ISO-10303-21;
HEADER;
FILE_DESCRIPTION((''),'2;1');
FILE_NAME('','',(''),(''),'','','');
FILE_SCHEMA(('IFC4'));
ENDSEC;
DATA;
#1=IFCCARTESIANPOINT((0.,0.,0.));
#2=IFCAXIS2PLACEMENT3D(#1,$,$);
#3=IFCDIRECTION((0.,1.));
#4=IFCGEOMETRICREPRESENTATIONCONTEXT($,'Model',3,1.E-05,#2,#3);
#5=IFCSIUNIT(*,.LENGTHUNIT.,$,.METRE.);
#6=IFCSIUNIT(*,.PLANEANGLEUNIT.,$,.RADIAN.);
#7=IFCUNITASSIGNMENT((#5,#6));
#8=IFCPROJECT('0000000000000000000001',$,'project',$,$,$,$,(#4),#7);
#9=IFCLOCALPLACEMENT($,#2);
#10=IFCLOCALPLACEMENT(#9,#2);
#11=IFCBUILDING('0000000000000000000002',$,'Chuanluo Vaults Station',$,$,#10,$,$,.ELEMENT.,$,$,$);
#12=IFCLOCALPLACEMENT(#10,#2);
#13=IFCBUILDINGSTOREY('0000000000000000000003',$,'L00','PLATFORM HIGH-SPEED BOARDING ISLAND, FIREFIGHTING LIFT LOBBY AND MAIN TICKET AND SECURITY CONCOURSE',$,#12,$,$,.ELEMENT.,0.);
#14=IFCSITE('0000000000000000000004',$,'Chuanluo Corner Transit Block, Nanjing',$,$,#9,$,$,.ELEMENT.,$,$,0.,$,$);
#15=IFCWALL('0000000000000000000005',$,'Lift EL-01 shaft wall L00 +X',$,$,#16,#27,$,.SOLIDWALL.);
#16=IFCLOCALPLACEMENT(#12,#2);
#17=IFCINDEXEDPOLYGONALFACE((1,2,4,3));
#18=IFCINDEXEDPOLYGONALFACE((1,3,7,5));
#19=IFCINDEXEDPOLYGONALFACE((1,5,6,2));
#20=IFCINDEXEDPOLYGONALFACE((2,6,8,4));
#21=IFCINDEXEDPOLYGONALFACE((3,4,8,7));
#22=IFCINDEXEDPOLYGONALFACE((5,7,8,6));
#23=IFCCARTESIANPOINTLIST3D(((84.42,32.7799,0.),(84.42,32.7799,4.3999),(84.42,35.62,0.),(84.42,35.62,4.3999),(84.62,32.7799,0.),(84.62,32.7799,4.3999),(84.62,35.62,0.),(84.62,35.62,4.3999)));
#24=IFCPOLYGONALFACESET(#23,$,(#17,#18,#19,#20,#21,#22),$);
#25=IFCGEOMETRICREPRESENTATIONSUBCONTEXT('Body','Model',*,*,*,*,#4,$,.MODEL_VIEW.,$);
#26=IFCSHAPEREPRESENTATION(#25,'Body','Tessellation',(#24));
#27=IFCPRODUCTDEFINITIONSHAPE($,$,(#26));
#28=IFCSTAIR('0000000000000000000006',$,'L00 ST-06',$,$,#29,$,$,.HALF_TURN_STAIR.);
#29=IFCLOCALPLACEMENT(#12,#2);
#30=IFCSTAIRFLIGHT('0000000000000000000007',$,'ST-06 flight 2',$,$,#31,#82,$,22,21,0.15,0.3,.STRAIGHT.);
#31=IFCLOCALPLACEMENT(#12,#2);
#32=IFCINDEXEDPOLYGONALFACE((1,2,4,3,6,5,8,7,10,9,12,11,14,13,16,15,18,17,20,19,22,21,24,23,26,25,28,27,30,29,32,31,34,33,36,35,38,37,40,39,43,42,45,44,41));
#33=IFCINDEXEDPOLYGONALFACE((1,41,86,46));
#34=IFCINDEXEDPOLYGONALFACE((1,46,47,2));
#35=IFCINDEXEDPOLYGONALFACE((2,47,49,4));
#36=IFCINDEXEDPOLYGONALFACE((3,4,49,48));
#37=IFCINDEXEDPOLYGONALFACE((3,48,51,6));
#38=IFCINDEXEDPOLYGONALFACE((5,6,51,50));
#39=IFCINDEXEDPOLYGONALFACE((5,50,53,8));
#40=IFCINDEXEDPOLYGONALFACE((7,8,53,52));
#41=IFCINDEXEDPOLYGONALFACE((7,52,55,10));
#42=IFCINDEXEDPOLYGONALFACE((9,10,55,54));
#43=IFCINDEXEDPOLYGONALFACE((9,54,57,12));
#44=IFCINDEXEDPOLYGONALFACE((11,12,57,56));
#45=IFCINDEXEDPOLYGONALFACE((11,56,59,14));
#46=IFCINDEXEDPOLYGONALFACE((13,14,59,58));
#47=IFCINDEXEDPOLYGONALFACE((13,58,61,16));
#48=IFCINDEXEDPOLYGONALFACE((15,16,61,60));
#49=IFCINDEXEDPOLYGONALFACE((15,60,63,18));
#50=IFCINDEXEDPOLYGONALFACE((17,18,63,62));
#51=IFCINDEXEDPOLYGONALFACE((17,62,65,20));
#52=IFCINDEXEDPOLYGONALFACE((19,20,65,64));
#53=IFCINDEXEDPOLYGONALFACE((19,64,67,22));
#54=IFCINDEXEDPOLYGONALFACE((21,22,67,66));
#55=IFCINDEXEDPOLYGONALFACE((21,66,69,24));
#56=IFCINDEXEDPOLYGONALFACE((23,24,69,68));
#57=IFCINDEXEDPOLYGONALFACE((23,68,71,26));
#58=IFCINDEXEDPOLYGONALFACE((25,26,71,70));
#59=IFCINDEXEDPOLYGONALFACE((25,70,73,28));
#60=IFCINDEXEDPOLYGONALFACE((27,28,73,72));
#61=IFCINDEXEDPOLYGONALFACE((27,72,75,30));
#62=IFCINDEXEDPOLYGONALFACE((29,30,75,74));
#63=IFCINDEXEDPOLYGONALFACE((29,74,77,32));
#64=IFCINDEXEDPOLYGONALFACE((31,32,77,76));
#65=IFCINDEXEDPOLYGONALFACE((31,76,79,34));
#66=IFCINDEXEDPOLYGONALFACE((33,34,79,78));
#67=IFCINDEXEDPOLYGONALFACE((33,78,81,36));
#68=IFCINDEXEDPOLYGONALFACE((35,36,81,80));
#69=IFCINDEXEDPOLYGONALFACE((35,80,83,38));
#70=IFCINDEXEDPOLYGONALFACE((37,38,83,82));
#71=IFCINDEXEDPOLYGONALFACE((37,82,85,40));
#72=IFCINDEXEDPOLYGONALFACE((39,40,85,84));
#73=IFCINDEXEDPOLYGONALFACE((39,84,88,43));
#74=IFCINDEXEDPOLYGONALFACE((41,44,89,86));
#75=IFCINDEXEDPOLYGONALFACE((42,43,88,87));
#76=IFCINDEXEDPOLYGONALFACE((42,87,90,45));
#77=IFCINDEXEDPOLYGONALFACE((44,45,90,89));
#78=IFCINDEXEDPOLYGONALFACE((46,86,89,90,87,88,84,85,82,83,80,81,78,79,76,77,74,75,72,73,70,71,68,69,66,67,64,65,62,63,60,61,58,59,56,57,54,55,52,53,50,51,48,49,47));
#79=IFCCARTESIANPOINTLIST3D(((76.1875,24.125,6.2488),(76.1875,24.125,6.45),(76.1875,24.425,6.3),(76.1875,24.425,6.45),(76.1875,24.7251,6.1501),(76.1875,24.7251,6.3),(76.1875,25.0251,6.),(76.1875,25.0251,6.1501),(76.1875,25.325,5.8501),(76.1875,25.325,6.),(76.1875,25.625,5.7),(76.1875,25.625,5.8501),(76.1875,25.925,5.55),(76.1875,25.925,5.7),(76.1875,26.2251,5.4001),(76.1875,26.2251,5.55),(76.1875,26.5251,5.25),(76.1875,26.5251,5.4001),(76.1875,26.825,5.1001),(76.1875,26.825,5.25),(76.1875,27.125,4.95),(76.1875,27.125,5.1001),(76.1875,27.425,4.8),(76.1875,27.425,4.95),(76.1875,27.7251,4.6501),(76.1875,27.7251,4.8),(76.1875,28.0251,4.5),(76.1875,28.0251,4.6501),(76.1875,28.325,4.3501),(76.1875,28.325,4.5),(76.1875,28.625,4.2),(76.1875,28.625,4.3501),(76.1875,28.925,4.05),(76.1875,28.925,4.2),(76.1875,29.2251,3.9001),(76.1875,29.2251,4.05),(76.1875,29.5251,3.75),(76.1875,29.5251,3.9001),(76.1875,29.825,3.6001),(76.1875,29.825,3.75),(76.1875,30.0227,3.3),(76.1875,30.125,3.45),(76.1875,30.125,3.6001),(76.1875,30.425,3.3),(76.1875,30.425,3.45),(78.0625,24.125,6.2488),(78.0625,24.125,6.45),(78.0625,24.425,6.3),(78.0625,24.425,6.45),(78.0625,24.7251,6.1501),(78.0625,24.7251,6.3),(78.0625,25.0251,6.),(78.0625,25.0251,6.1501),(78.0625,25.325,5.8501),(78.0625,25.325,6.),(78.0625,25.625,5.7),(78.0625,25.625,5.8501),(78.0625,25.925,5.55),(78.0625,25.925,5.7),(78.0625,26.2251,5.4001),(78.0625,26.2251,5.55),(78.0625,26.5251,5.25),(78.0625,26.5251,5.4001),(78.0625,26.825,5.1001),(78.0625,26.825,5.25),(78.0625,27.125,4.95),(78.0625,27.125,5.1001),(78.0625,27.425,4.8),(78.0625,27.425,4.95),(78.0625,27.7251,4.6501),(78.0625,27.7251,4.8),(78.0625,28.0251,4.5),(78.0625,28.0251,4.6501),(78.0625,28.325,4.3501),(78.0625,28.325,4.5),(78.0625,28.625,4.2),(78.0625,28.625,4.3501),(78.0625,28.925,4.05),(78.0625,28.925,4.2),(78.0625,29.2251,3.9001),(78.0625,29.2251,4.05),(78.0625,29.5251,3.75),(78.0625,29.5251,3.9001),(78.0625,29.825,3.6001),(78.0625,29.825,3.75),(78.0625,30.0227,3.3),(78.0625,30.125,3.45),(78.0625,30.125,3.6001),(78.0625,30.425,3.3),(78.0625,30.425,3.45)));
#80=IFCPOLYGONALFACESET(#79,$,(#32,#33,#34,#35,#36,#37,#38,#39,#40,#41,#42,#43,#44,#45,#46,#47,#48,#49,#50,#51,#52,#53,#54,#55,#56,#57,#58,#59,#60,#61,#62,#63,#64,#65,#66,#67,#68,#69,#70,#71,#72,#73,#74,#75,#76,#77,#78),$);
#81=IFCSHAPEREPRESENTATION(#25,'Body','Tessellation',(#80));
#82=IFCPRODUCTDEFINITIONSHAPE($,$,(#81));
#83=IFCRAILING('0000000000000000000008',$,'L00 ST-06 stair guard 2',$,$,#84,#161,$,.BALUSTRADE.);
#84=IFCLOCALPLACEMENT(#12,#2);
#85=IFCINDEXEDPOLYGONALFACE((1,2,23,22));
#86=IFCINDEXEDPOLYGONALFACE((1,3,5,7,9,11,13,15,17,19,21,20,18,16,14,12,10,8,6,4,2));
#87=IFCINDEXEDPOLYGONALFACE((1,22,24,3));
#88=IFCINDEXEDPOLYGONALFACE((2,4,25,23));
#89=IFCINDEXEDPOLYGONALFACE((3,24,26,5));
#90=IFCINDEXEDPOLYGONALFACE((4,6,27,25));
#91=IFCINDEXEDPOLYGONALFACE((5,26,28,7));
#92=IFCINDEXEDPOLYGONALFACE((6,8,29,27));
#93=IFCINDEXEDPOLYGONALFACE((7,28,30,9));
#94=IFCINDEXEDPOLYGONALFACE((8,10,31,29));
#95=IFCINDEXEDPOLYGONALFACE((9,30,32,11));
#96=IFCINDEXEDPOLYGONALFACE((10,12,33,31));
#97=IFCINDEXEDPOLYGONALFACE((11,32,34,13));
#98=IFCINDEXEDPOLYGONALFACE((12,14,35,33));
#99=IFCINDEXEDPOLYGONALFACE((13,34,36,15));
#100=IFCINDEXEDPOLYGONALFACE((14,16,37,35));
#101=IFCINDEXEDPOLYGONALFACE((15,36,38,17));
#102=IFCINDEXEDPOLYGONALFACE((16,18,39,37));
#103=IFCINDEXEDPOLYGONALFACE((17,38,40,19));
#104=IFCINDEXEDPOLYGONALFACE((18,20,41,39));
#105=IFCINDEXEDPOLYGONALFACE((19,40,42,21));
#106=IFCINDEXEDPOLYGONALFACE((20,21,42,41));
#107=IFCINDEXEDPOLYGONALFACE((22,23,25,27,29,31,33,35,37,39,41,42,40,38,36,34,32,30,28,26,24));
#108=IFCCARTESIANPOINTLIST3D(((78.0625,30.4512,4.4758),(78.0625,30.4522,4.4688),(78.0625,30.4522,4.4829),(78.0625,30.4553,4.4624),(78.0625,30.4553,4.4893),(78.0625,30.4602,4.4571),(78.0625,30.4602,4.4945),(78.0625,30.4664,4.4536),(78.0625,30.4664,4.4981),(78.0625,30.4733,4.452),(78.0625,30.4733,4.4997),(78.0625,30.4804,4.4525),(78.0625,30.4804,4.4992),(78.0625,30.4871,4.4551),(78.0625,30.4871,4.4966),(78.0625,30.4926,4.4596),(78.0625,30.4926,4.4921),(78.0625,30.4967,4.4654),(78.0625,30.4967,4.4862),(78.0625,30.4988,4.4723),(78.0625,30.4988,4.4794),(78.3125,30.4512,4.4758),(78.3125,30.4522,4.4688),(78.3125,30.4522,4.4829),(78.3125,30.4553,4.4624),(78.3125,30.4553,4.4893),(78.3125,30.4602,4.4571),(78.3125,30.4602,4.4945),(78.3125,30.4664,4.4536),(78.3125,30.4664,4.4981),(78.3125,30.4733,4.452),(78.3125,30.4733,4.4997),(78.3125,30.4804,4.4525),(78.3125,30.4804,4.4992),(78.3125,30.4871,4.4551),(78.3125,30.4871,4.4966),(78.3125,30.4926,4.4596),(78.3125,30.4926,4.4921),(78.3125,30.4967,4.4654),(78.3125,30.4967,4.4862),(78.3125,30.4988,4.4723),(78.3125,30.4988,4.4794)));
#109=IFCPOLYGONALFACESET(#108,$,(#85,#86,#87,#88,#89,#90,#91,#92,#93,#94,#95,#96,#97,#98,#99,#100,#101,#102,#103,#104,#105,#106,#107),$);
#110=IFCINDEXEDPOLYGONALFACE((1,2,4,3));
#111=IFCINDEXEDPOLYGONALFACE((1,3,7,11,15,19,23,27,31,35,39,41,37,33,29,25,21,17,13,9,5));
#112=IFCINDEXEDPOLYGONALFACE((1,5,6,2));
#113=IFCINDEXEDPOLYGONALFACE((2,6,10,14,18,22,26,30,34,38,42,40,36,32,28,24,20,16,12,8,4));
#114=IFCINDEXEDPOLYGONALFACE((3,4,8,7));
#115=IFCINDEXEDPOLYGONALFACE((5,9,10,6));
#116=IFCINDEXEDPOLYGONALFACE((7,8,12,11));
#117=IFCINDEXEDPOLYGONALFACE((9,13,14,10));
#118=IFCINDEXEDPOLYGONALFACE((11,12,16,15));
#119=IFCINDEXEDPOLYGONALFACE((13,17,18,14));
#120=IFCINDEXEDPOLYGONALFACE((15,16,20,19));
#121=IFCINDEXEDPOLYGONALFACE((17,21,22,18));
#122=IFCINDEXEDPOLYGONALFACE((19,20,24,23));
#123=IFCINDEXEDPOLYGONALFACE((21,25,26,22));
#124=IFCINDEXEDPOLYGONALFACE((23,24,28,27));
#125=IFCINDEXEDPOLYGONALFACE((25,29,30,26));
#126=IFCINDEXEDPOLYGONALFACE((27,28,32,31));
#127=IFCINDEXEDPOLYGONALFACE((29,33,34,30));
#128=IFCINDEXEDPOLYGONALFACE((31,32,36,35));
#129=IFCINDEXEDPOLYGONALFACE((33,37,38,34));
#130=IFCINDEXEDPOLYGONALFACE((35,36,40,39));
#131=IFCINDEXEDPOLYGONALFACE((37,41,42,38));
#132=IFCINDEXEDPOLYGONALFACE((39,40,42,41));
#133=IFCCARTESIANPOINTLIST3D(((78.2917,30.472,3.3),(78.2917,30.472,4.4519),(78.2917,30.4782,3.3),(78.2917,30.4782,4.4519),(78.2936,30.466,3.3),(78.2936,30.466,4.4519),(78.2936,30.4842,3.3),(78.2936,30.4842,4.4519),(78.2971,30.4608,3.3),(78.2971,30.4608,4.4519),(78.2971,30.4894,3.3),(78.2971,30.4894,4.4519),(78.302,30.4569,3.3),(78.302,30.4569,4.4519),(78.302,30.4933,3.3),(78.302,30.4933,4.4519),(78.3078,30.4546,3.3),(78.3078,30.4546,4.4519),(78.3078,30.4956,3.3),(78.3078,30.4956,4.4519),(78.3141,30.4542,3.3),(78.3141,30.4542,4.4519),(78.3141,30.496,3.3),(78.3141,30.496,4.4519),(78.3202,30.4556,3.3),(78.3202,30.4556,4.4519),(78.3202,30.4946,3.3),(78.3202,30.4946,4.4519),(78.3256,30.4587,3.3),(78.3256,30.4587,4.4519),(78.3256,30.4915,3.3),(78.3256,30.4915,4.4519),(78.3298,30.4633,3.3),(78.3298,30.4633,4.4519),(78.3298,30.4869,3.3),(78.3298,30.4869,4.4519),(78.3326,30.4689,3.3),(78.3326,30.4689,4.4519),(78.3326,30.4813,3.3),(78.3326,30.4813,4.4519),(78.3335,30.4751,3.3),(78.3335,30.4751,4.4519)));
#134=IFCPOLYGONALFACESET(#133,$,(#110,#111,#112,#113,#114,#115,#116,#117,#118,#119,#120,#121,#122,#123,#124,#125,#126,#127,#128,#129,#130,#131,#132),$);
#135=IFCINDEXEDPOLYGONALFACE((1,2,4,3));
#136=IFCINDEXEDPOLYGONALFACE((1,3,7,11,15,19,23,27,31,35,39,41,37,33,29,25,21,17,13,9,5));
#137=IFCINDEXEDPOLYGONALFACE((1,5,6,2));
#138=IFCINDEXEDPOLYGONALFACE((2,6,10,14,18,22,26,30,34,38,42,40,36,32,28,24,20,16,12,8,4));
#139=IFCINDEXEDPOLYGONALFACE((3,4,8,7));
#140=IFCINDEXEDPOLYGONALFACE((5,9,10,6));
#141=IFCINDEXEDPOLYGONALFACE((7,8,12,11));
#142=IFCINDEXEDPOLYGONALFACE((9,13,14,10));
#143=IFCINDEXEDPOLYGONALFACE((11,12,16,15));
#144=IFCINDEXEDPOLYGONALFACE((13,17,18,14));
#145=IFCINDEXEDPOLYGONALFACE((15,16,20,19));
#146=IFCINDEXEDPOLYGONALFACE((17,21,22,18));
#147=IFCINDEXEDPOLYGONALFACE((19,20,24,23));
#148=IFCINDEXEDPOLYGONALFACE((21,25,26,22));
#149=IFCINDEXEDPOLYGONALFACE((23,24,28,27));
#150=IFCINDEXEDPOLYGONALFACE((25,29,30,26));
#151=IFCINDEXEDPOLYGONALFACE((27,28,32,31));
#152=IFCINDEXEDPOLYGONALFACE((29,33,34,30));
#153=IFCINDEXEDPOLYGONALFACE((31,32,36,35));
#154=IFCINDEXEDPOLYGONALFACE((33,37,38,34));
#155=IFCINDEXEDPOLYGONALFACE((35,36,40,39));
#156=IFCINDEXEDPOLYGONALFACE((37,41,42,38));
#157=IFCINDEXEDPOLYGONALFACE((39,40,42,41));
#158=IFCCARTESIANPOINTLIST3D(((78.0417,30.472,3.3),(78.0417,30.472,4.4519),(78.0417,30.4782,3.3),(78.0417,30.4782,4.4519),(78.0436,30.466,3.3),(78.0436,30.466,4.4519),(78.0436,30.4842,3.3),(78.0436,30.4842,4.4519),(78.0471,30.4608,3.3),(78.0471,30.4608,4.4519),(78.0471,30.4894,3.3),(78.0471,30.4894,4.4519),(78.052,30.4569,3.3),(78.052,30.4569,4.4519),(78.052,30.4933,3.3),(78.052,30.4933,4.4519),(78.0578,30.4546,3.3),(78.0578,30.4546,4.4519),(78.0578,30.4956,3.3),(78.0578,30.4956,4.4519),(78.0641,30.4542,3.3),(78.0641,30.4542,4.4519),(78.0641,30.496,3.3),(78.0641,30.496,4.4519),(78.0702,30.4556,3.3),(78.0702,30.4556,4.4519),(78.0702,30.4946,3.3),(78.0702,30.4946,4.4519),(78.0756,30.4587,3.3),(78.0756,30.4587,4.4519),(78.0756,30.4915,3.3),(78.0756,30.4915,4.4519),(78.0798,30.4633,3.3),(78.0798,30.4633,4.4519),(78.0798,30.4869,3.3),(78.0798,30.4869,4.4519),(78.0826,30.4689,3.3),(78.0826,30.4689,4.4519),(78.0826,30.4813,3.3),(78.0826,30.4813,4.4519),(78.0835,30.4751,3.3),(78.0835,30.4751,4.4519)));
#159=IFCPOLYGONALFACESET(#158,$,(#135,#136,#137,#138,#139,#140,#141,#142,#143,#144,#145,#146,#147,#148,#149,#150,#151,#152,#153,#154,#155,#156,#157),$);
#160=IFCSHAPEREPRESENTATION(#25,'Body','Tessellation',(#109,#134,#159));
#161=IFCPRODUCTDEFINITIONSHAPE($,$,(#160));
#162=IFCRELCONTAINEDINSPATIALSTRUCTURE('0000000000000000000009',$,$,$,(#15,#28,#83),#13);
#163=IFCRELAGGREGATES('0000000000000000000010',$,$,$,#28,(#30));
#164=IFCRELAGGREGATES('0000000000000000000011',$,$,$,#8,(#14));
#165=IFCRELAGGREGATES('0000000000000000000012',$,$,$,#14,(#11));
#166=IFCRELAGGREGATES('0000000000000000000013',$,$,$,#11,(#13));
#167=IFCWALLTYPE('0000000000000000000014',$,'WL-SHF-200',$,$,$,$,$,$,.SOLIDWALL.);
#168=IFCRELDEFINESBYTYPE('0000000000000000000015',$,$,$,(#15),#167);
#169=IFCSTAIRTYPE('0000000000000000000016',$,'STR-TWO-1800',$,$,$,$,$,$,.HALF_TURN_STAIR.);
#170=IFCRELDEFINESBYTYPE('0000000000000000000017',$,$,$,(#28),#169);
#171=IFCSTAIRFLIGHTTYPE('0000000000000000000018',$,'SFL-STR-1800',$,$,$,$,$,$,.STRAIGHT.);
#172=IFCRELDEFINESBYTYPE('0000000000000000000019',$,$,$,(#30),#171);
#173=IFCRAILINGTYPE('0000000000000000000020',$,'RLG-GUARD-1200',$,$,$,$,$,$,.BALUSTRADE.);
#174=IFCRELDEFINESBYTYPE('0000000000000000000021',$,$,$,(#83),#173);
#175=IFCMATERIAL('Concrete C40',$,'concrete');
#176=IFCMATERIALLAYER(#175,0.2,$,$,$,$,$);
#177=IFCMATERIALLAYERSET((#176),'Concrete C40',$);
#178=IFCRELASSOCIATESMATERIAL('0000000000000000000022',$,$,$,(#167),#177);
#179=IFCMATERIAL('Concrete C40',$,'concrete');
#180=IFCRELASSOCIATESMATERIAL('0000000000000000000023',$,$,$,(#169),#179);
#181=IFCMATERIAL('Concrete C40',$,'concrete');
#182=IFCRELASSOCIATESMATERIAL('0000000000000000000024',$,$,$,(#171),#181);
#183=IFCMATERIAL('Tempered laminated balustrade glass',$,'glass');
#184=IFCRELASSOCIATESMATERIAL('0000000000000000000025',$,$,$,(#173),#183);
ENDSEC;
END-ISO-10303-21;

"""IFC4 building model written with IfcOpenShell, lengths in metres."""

from ifc_helpers import new_model, si_unit, direction, frame, frame_2d, origin, origin_2d, place, context, subcontext, project, spatial, polyline, rectangle, circle, outline, extrude, material, layer, layer_set, type_object, element, aggregate, save


model = new_model("IFC4")

# Units and contexts
model_context = context("Model", 3, precision=1e-05, world=origin(), true_north=direction((0.0, 1.0)))
body_context = subcontext(model_context, "Body", "Model", "MODEL_VIEW")
ifc_project = project(units=[si_unit("LENGTHUNIT", "METRE"), si_unit("PLANEANGLEUNIT", "RADIAN")], contexts=[model_context])

# Site, building, storey
site_placement = place(None, origin())
site = spatial("IfcSite", under=ifc_project, at=site_placement, Name="Chuanluo Corner Transit Block, Nanjing", CompositionType="ELEMENT", RefElevation=0.0)
building_placement = place(site_placement, origin())
building = spatial("IfcBuilding", under=site, at=building_placement, Name="Chuanluo Vaults Station", CompositionType="ELEMENT")
storey_placement = place(building_placement, origin())
storey = spatial("IfcBuildingStorey", under=building, at=storey_placement, Name="L00", Description="PLATFORM HIGH-SPEED BOARDING ISLAND, FIREFIGHTING LIFT LOBBY AND MAIN TICKET AND SECURITY CONCOURSE", CompositionType="ELEMENT", Elevation=0.0)

# Shared definitions
ifc_material_1 = material(Name="Concrete C40", Category="concrete")
ifc_layer_1 = layer(ifc_material_1, 0.2)
ifc_layer_set_1 = layer_set([ifc_layer_1], Name="Concrete C40")
wall_type_1 = type_object("IfcWallType", Name="WL-SHF-200", PredefinedType="SOLIDWALL", material=ifc_layer_set_1)

# Wall
wall_1_placement = place(storey_placement, frame((84.52, 32.78, 0.0), z_axis=(0.0, 0.0, 1.0), x_axis=(0.0, 1.0, 0.0)))
element("IfcWall", 1, at=wall_1_placement, inside=storey, type_object=wall_type_1, Name="Lift EL-01 shaft wall L00 +X", PredefinedType="SOLIDWALL", context=body_context, shape_type="SweptSolid", body=[
    extrude(rectangle(XDim=2.8401, YDim=0.2, at=frame_2d((1.4199, 0.0))), origin(), (0.0, 0.0, 1.0), 4.3999),
])

# Stair, stair flight
ifc_material_2 = material(Name="Concrete C40", Category="concrete")
stair_type = type_object("IfcStairType", Name="STR-TWO-1800", PredefinedType="HALF_TURN_STAIR", material=ifc_material_2)
stair_placement = place(storey_placement, origin())
stair = element("IfcStair", 2, at=stair_placement, inside=storey, type_object=stair_type, Name="L00 ST-06", PredefinedType="HALF_TURN_STAIR")
ifc_material_3 = material(Name="Concrete C40", Category="concrete")
stair_flight_type = type_object("IfcStairFlightType", Name="SFL-STR-1800", PredefinedType="STRAIGHT", material=ifc_material_3)
stair_flight_placement = place(storey_placement, frame((77.125, 30.425, 3.3), z_axis=(0.0, 0.0, 1.0), x_axis=(0.0, -1.0, 0.0)))
stair_flight = element("IfcStairFlight", 3, at=stair_flight_placement, type_object=stair_flight_type, Name="ST-06 flight 2", NumberOfRisers=22, NumberOfTreads=21, PredefinedType="STRAIGHT", RiserHeight=0.15, TreadLength=0.3, context=body_context, shape_type="SweptSolid", body=[
    extrude(outline(polyline([(0.0, 0.0), (0.0, 0.1499), (0.3, 0.1499), (0.3, 0.3), (0.6001, 0.3), (0.6001, 0.45), (0.8999, 0.45), (0.8999, 0.6001), (1.2, 0.6001), (1.2, 0.75), (1.5, 0.75), (1.5, 0.8999), (1.8, 0.8999), (1.8, 1.05), (2.1001, 1.05), (2.1001, 1.2), (2.3999, 1.2), (2.3999, 1.3501), (2.7, 1.3501), (2.7, 1.5), (3.0, 1.5), (3.0, 1.6499), (3.3, 1.6499), (3.3, 1.8), (3.6001, 1.8), (3.6001, 1.95), (3.8999, 1.95), (3.8999, 2.1001), (4.2, 2.1001), (4.2, 2.25), (4.5, 2.25), (4.5, 2.3999), (4.8, 2.3999), (4.8, 2.55), (5.1001, 2.55), (5.1001, 2.7), (5.3999, 2.7), (5.3999, 2.8501), (5.7, 2.8501), (5.7, 3.0), (6.0, 3.0), (6.0, 3.1499), (6.3, 3.1499), (6.3, 3.3), (6.3, 2.9487), (0.4023, 0.0), (0.0, 0.0)])), frame((0.0, 0.9375, 0.0), z_axis=(0.0, -1.0, 0.0), x_axis=(1.0, 0.0, 0.0)), (0.0, 0.0, 1.0), 1.875),
])
aggregate(stair, [stair_flight])

# Railing
ifc_material_4 = material(Name="Tempered laminated balustrade glass", Category="glass")
railing_type = type_object("IfcRailingType", Name="RLG-GUARD-1200", PredefinedType="BALUSTRADE", material=ifc_material_4)
railing_1_placement = place(storey_placement, frame((78.3125, 30.4751, 3.3)))
element("IfcRailing", 4, at=railing_1_placement, inside=storey, type_object=railing_type, Name="L00 ST-06 stair guard 2", PredefinedType="BALUSTRADE", context=body_context, shape_type="SweptSolid", body=[
    extrude(circle(Radius=0.0239, at=origin_2d()), frame((0.0, 0.0, 1.1758), z_axis=(-1.0, 0.0, 0.0), x_axis=(0.0, -1.0, 0.0)), (0.0, 0.0, 1.0), 0.25),
    extrude(circle(Radius=0.021, at=origin_2d()), origin(), (0.0, 0.0, 1.0), 1.1519),
    extrude(circle(Radius=0.021, at=origin_2d()), frame((-0.25, 0.0, 0.0)), (0.0, 0.0, 1.0), 1.1519),
])

save(model, "model.ifc")
